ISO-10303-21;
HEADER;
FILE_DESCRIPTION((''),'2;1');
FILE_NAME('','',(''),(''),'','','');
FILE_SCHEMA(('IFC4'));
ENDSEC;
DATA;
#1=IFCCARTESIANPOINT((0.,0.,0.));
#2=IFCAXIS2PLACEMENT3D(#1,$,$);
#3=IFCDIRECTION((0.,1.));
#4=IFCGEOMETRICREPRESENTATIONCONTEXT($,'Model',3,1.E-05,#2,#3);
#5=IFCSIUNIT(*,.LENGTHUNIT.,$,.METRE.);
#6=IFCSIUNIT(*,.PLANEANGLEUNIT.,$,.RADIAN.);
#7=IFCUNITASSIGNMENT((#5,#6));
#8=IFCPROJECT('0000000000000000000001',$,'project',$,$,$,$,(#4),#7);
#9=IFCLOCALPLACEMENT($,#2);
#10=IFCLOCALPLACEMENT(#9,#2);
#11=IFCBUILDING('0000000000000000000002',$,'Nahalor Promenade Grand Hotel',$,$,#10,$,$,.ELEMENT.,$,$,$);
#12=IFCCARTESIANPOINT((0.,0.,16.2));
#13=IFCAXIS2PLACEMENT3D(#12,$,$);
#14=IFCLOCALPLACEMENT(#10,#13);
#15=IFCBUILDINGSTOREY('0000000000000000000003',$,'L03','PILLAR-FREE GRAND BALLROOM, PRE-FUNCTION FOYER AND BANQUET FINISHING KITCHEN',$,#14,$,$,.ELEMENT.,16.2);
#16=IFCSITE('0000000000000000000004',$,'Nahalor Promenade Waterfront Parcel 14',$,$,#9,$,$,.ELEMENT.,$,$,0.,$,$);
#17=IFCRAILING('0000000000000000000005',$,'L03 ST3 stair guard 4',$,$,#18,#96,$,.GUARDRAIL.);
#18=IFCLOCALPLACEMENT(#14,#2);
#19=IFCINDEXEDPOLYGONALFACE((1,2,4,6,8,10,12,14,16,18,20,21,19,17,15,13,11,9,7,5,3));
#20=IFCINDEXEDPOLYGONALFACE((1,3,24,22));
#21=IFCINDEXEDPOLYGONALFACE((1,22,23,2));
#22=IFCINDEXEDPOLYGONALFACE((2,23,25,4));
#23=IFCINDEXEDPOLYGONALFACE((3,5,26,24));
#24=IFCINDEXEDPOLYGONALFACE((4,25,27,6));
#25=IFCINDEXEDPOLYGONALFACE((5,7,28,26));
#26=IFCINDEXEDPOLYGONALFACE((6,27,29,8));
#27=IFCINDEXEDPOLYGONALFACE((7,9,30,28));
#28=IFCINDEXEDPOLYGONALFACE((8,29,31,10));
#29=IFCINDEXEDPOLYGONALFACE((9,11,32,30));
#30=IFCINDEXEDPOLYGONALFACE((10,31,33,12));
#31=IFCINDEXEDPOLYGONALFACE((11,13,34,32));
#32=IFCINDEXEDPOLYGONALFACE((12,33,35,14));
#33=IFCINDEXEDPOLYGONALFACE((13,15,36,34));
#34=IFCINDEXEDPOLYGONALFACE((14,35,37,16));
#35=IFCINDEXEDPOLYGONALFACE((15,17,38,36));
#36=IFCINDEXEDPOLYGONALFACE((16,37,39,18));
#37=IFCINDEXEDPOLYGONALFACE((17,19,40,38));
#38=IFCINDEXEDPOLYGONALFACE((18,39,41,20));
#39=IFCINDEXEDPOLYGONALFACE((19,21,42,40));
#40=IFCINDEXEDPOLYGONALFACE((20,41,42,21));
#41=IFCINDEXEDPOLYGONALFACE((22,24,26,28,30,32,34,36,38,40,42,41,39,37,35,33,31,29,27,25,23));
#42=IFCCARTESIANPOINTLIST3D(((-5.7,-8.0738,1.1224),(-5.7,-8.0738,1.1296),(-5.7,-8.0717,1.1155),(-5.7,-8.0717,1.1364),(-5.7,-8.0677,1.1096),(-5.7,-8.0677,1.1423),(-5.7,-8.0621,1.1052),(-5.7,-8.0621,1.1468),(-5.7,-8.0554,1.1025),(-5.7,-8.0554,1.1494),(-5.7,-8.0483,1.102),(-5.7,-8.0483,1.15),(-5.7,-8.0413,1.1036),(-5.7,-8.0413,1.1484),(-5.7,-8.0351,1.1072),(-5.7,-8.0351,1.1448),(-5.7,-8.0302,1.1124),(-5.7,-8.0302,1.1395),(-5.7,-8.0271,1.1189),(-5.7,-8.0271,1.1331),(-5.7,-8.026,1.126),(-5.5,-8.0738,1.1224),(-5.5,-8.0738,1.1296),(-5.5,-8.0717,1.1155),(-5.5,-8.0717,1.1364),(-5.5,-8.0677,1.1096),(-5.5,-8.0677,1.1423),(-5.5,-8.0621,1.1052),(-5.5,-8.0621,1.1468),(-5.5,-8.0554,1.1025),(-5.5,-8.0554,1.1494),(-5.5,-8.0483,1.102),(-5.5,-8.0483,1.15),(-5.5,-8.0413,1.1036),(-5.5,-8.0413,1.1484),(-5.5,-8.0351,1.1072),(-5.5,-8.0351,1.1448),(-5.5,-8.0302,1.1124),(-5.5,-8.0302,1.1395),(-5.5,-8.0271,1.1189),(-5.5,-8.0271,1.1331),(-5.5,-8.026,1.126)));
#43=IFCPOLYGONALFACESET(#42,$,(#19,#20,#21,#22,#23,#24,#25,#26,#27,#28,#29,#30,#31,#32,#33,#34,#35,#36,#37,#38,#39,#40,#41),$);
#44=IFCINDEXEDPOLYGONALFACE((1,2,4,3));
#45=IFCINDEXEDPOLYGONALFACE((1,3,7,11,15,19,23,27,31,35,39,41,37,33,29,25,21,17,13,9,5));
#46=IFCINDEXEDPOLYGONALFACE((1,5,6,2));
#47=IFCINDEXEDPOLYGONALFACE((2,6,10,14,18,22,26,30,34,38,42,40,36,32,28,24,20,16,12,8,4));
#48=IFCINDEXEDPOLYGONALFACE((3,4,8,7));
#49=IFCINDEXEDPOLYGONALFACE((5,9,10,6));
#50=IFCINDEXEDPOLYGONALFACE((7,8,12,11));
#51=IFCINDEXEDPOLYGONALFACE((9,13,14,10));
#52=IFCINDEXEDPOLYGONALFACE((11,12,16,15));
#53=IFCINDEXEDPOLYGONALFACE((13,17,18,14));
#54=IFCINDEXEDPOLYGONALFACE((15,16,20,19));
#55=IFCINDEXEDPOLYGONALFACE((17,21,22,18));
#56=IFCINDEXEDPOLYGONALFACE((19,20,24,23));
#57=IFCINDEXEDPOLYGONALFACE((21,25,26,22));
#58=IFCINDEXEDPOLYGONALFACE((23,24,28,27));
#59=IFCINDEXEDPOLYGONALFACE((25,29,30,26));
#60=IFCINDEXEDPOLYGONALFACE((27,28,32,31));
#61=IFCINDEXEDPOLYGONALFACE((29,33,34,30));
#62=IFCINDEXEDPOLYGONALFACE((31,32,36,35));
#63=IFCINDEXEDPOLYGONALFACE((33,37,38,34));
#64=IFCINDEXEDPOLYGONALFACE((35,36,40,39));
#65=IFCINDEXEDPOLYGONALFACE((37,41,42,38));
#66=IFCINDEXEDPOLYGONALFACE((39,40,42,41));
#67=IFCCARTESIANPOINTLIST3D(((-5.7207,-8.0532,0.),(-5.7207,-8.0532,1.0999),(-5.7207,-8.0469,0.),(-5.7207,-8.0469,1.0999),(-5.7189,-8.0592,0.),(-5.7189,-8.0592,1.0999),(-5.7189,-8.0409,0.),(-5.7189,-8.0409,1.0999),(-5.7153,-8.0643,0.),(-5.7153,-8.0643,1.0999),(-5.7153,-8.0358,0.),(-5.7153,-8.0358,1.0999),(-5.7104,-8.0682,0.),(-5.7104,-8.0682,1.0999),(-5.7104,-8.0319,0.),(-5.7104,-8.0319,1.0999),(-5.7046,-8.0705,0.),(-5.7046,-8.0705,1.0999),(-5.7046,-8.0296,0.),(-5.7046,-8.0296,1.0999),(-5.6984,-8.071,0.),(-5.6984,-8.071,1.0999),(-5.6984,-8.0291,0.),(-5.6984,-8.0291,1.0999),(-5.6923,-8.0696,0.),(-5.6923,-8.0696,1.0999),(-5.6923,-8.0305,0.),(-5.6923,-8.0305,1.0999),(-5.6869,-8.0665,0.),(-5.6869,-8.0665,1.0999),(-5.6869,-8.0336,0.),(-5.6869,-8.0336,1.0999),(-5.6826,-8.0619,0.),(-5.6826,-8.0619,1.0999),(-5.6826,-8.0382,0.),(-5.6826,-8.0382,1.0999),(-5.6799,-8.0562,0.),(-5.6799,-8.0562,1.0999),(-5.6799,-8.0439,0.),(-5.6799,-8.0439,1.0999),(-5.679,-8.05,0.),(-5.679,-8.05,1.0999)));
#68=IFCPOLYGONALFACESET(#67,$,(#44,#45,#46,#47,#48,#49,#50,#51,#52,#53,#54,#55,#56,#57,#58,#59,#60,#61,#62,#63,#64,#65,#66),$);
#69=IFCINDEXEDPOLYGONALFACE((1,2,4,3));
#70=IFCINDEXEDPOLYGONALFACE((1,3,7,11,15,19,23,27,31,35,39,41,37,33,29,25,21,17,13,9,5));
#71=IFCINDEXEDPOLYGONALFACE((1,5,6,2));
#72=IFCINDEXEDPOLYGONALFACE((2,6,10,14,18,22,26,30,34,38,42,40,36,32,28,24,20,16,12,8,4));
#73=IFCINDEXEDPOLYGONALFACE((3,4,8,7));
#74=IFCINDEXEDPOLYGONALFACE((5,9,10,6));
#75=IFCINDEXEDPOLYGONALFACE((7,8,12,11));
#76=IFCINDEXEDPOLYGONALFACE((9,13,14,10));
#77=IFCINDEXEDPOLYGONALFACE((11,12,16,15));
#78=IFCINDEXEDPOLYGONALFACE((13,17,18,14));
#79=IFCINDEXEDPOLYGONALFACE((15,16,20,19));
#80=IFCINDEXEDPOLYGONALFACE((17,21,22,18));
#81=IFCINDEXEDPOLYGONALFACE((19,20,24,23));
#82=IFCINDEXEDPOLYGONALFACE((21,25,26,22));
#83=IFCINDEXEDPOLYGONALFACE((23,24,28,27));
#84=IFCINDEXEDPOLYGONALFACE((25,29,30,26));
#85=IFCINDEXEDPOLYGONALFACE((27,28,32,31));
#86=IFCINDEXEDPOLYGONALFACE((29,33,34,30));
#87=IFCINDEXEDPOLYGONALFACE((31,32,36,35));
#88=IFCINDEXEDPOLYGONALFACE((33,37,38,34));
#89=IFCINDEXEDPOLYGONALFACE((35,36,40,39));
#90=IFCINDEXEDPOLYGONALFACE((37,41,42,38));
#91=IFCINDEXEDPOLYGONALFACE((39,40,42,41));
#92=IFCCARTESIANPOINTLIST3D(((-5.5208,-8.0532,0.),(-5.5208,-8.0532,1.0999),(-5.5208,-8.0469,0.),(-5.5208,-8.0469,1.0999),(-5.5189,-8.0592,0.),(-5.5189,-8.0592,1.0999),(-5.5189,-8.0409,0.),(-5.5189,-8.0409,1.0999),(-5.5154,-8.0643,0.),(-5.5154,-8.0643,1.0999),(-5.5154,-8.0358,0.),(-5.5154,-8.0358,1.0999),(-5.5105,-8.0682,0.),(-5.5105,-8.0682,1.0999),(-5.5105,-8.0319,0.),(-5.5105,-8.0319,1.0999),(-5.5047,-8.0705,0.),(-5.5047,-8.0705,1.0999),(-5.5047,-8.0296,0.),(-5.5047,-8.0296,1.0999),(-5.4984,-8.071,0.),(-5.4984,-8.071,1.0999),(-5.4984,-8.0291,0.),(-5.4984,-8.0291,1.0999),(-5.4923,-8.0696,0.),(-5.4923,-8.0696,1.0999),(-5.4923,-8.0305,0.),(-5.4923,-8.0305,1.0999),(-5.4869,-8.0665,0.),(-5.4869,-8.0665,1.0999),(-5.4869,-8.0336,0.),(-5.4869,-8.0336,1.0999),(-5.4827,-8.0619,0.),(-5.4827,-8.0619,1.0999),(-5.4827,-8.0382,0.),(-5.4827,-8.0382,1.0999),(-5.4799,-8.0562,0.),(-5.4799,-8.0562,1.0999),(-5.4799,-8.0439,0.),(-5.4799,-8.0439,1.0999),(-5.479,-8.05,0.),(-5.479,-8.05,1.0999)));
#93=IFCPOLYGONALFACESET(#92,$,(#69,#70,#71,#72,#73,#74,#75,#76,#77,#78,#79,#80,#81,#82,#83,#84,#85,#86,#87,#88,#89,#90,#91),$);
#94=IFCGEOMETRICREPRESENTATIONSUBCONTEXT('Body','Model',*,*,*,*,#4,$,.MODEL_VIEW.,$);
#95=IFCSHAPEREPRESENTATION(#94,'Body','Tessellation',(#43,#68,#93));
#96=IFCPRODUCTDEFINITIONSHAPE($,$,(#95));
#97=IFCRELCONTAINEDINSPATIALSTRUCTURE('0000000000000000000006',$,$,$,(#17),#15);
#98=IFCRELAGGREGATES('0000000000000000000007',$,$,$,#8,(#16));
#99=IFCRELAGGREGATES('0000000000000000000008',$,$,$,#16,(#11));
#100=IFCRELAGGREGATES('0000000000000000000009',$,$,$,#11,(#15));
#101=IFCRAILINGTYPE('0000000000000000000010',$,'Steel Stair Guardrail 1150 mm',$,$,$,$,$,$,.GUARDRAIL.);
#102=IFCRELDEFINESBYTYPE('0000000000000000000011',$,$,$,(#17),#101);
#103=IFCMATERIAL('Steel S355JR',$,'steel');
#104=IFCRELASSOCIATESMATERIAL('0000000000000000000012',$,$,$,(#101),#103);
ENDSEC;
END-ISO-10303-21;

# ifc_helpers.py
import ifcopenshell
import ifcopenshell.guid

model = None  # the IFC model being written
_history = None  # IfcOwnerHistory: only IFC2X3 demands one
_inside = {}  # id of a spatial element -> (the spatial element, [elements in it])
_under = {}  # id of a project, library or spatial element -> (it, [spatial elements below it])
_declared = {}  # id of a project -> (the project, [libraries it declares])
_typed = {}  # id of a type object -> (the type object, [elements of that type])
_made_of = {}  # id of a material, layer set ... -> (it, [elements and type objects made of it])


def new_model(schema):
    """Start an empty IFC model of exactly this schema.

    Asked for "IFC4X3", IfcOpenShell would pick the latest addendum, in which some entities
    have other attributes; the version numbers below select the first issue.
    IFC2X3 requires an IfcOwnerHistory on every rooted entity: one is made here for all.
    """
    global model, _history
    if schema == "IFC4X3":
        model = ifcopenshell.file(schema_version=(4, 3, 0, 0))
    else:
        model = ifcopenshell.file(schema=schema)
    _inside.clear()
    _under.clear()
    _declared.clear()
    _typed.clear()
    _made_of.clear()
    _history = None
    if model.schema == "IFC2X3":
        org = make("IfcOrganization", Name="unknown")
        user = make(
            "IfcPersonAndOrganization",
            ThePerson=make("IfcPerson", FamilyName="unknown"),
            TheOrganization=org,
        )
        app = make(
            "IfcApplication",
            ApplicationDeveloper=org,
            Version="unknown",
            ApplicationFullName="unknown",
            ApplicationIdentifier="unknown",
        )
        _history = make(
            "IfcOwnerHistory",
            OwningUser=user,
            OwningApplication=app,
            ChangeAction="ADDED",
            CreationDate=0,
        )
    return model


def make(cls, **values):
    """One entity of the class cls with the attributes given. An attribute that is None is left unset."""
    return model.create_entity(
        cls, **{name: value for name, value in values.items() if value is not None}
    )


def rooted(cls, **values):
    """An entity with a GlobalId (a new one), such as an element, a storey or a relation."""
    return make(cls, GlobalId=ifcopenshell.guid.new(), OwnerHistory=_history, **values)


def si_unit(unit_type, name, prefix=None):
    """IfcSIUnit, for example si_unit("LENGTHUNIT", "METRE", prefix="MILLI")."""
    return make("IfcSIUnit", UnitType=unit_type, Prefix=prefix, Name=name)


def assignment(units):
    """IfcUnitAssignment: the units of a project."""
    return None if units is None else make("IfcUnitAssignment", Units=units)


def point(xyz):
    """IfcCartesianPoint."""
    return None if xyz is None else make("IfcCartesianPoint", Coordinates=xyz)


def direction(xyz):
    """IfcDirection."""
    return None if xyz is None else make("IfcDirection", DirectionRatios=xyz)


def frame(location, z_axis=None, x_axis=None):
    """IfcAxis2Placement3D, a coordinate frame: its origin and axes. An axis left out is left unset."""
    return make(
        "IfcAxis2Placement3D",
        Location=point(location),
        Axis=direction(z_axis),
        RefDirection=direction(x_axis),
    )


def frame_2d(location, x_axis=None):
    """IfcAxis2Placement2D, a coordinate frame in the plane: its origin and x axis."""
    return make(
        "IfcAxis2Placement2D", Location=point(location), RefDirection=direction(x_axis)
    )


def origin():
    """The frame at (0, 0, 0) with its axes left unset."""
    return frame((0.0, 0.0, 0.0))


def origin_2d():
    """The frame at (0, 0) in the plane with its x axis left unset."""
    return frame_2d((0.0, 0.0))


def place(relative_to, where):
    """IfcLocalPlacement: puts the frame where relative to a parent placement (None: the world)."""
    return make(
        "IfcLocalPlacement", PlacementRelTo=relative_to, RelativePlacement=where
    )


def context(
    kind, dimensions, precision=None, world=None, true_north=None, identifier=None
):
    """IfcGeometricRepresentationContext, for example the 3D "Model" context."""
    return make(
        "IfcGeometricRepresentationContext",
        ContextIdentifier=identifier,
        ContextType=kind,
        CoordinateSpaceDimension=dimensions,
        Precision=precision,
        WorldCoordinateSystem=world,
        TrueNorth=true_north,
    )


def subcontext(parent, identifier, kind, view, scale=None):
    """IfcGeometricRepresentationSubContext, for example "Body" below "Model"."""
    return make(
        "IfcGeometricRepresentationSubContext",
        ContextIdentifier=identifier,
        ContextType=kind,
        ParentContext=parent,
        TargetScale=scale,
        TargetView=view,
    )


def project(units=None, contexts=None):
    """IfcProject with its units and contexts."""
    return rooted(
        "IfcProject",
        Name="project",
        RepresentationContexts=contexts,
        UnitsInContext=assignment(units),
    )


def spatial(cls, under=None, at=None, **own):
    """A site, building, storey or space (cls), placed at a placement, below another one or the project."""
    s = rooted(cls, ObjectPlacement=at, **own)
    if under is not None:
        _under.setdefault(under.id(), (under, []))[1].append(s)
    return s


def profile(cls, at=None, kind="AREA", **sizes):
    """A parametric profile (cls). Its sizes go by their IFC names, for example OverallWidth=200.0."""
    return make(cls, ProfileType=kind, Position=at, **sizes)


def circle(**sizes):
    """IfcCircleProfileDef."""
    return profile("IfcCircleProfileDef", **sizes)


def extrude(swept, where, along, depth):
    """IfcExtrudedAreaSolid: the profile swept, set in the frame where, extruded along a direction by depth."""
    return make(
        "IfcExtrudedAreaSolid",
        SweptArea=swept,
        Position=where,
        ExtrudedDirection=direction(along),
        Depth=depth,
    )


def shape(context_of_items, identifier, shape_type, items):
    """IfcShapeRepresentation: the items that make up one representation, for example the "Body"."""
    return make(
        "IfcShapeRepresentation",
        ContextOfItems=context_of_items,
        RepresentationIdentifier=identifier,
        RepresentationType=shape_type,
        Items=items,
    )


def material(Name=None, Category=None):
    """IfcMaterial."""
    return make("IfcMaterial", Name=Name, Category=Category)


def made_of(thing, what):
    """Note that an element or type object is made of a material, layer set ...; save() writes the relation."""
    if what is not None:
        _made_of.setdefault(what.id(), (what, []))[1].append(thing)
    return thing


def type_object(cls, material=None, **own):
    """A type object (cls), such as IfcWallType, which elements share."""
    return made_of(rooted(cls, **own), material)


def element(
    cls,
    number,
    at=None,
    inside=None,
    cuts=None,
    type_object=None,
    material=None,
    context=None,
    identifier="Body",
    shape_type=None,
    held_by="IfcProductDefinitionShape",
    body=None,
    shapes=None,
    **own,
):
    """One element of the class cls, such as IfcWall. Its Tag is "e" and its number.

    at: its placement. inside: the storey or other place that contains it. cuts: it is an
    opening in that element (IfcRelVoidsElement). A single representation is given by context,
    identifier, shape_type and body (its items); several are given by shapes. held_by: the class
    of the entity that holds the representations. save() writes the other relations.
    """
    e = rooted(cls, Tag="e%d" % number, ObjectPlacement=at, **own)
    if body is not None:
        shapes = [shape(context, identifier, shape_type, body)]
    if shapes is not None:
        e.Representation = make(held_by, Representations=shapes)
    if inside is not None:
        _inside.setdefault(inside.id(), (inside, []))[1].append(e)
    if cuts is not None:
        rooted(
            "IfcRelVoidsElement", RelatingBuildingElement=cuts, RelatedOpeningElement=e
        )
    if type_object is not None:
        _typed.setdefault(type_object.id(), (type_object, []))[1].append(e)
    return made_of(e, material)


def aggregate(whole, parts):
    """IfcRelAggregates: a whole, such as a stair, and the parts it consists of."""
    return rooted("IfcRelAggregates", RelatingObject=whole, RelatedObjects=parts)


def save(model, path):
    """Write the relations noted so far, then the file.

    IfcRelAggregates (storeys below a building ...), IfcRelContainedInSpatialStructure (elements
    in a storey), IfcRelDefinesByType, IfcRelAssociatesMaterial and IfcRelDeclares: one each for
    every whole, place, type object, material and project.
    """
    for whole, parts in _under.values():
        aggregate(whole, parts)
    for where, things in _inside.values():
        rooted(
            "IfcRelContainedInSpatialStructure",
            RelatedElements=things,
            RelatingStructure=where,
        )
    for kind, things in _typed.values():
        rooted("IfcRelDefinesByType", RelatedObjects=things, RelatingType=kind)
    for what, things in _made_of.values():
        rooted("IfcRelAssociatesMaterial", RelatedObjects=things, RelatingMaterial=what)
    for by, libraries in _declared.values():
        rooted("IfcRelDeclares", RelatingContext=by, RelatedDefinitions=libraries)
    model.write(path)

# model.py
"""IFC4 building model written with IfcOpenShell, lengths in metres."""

from ifc_helpers import new_model, si_unit, direction, frame, origin, origin_2d, place, context, subcontext, project, spatial, circle, extrude, material, type_object, element, save


model = new_model("IFC4")

# Units and contexts
model_context = context("Model", 3, precision=1e-05, world=origin(), true_north=direction((0.0, 1.0)))
body_context = subcontext(model_context, "Body", "Model", "MODEL_VIEW")
ifc_project = project(units=[si_unit("LENGTHUNIT", "METRE"), si_unit("PLANEANGLEUNIT", "RADIAN")], contexts=[model_context])

# Site, building, storey
site_placement = place(None, origin())
site = spatial("IfcSite", under=ifc_project, at=site_placement, Name="Nahalor Promenade Waterfront Parcel 14", CompositionType="ELEMENT", RefElevation=0.0)
building_placement = place(site_placement, origin())
building = spatial("IfcBuilding", under=site, at=building_placement, Name="Nahalor Promenade Grand Hotel", CompositionType="ELEMENT")
storey_placement = place(building_placement, frame((0.0, 0.0, 16.2)))
storey = spatial("IfcBuildingStorey", under=building, at=storey_placement, Name="L03", Description="PILLAR-FREE GRAND BALLROOM, PRE-FUNCTION FOYER AND BANQUET FINISHING KITCHEN", CompositionType="ELEMENT", Elevation=16.2)

# Shared definitions
ifc_material_1 = material(Name="Steel S355JR", Category="steel")

# Railing
railing_type_1 = type_object("IfcRailingType", Name="Steel Stair Guardrail 1150 mm", PredefinedType="GUARDRAIL", material=ifc_material_1)
railing_1_placement = place(storey_placement, frame((-5.7, -8.05, 0.0)))
element("IfcRailing", 1, at=railing_1_placement, inside=storey, type_object=railing_type_1, Name="L03 ST3 stair guard 4", PredefinedType="GUARDRAIL", context=body_context, shape_type="SweptSolid", body=[
    extrude(circle(Radius=0.024, at=origin_2d()), frame((0.0, 0.0, 1.126), z_axis=(1.0, 0.0, 0.0), x_axis=(0.0, 1.0, 0.0)), (0.0, 0.0, 1.0), 0.2),
    extrude(circle(Radius=0.021, at=origin_2d()), origin(), (0.0, 0.0, 1.0), 1.0999),
    extrude(circle(Radius=0.021, at=origin_2d()), frame((0.2, 0.0, 0.0)), (0.0, 0.0, 1.0), 1.0999),
])

save(model, "model.ifc")
